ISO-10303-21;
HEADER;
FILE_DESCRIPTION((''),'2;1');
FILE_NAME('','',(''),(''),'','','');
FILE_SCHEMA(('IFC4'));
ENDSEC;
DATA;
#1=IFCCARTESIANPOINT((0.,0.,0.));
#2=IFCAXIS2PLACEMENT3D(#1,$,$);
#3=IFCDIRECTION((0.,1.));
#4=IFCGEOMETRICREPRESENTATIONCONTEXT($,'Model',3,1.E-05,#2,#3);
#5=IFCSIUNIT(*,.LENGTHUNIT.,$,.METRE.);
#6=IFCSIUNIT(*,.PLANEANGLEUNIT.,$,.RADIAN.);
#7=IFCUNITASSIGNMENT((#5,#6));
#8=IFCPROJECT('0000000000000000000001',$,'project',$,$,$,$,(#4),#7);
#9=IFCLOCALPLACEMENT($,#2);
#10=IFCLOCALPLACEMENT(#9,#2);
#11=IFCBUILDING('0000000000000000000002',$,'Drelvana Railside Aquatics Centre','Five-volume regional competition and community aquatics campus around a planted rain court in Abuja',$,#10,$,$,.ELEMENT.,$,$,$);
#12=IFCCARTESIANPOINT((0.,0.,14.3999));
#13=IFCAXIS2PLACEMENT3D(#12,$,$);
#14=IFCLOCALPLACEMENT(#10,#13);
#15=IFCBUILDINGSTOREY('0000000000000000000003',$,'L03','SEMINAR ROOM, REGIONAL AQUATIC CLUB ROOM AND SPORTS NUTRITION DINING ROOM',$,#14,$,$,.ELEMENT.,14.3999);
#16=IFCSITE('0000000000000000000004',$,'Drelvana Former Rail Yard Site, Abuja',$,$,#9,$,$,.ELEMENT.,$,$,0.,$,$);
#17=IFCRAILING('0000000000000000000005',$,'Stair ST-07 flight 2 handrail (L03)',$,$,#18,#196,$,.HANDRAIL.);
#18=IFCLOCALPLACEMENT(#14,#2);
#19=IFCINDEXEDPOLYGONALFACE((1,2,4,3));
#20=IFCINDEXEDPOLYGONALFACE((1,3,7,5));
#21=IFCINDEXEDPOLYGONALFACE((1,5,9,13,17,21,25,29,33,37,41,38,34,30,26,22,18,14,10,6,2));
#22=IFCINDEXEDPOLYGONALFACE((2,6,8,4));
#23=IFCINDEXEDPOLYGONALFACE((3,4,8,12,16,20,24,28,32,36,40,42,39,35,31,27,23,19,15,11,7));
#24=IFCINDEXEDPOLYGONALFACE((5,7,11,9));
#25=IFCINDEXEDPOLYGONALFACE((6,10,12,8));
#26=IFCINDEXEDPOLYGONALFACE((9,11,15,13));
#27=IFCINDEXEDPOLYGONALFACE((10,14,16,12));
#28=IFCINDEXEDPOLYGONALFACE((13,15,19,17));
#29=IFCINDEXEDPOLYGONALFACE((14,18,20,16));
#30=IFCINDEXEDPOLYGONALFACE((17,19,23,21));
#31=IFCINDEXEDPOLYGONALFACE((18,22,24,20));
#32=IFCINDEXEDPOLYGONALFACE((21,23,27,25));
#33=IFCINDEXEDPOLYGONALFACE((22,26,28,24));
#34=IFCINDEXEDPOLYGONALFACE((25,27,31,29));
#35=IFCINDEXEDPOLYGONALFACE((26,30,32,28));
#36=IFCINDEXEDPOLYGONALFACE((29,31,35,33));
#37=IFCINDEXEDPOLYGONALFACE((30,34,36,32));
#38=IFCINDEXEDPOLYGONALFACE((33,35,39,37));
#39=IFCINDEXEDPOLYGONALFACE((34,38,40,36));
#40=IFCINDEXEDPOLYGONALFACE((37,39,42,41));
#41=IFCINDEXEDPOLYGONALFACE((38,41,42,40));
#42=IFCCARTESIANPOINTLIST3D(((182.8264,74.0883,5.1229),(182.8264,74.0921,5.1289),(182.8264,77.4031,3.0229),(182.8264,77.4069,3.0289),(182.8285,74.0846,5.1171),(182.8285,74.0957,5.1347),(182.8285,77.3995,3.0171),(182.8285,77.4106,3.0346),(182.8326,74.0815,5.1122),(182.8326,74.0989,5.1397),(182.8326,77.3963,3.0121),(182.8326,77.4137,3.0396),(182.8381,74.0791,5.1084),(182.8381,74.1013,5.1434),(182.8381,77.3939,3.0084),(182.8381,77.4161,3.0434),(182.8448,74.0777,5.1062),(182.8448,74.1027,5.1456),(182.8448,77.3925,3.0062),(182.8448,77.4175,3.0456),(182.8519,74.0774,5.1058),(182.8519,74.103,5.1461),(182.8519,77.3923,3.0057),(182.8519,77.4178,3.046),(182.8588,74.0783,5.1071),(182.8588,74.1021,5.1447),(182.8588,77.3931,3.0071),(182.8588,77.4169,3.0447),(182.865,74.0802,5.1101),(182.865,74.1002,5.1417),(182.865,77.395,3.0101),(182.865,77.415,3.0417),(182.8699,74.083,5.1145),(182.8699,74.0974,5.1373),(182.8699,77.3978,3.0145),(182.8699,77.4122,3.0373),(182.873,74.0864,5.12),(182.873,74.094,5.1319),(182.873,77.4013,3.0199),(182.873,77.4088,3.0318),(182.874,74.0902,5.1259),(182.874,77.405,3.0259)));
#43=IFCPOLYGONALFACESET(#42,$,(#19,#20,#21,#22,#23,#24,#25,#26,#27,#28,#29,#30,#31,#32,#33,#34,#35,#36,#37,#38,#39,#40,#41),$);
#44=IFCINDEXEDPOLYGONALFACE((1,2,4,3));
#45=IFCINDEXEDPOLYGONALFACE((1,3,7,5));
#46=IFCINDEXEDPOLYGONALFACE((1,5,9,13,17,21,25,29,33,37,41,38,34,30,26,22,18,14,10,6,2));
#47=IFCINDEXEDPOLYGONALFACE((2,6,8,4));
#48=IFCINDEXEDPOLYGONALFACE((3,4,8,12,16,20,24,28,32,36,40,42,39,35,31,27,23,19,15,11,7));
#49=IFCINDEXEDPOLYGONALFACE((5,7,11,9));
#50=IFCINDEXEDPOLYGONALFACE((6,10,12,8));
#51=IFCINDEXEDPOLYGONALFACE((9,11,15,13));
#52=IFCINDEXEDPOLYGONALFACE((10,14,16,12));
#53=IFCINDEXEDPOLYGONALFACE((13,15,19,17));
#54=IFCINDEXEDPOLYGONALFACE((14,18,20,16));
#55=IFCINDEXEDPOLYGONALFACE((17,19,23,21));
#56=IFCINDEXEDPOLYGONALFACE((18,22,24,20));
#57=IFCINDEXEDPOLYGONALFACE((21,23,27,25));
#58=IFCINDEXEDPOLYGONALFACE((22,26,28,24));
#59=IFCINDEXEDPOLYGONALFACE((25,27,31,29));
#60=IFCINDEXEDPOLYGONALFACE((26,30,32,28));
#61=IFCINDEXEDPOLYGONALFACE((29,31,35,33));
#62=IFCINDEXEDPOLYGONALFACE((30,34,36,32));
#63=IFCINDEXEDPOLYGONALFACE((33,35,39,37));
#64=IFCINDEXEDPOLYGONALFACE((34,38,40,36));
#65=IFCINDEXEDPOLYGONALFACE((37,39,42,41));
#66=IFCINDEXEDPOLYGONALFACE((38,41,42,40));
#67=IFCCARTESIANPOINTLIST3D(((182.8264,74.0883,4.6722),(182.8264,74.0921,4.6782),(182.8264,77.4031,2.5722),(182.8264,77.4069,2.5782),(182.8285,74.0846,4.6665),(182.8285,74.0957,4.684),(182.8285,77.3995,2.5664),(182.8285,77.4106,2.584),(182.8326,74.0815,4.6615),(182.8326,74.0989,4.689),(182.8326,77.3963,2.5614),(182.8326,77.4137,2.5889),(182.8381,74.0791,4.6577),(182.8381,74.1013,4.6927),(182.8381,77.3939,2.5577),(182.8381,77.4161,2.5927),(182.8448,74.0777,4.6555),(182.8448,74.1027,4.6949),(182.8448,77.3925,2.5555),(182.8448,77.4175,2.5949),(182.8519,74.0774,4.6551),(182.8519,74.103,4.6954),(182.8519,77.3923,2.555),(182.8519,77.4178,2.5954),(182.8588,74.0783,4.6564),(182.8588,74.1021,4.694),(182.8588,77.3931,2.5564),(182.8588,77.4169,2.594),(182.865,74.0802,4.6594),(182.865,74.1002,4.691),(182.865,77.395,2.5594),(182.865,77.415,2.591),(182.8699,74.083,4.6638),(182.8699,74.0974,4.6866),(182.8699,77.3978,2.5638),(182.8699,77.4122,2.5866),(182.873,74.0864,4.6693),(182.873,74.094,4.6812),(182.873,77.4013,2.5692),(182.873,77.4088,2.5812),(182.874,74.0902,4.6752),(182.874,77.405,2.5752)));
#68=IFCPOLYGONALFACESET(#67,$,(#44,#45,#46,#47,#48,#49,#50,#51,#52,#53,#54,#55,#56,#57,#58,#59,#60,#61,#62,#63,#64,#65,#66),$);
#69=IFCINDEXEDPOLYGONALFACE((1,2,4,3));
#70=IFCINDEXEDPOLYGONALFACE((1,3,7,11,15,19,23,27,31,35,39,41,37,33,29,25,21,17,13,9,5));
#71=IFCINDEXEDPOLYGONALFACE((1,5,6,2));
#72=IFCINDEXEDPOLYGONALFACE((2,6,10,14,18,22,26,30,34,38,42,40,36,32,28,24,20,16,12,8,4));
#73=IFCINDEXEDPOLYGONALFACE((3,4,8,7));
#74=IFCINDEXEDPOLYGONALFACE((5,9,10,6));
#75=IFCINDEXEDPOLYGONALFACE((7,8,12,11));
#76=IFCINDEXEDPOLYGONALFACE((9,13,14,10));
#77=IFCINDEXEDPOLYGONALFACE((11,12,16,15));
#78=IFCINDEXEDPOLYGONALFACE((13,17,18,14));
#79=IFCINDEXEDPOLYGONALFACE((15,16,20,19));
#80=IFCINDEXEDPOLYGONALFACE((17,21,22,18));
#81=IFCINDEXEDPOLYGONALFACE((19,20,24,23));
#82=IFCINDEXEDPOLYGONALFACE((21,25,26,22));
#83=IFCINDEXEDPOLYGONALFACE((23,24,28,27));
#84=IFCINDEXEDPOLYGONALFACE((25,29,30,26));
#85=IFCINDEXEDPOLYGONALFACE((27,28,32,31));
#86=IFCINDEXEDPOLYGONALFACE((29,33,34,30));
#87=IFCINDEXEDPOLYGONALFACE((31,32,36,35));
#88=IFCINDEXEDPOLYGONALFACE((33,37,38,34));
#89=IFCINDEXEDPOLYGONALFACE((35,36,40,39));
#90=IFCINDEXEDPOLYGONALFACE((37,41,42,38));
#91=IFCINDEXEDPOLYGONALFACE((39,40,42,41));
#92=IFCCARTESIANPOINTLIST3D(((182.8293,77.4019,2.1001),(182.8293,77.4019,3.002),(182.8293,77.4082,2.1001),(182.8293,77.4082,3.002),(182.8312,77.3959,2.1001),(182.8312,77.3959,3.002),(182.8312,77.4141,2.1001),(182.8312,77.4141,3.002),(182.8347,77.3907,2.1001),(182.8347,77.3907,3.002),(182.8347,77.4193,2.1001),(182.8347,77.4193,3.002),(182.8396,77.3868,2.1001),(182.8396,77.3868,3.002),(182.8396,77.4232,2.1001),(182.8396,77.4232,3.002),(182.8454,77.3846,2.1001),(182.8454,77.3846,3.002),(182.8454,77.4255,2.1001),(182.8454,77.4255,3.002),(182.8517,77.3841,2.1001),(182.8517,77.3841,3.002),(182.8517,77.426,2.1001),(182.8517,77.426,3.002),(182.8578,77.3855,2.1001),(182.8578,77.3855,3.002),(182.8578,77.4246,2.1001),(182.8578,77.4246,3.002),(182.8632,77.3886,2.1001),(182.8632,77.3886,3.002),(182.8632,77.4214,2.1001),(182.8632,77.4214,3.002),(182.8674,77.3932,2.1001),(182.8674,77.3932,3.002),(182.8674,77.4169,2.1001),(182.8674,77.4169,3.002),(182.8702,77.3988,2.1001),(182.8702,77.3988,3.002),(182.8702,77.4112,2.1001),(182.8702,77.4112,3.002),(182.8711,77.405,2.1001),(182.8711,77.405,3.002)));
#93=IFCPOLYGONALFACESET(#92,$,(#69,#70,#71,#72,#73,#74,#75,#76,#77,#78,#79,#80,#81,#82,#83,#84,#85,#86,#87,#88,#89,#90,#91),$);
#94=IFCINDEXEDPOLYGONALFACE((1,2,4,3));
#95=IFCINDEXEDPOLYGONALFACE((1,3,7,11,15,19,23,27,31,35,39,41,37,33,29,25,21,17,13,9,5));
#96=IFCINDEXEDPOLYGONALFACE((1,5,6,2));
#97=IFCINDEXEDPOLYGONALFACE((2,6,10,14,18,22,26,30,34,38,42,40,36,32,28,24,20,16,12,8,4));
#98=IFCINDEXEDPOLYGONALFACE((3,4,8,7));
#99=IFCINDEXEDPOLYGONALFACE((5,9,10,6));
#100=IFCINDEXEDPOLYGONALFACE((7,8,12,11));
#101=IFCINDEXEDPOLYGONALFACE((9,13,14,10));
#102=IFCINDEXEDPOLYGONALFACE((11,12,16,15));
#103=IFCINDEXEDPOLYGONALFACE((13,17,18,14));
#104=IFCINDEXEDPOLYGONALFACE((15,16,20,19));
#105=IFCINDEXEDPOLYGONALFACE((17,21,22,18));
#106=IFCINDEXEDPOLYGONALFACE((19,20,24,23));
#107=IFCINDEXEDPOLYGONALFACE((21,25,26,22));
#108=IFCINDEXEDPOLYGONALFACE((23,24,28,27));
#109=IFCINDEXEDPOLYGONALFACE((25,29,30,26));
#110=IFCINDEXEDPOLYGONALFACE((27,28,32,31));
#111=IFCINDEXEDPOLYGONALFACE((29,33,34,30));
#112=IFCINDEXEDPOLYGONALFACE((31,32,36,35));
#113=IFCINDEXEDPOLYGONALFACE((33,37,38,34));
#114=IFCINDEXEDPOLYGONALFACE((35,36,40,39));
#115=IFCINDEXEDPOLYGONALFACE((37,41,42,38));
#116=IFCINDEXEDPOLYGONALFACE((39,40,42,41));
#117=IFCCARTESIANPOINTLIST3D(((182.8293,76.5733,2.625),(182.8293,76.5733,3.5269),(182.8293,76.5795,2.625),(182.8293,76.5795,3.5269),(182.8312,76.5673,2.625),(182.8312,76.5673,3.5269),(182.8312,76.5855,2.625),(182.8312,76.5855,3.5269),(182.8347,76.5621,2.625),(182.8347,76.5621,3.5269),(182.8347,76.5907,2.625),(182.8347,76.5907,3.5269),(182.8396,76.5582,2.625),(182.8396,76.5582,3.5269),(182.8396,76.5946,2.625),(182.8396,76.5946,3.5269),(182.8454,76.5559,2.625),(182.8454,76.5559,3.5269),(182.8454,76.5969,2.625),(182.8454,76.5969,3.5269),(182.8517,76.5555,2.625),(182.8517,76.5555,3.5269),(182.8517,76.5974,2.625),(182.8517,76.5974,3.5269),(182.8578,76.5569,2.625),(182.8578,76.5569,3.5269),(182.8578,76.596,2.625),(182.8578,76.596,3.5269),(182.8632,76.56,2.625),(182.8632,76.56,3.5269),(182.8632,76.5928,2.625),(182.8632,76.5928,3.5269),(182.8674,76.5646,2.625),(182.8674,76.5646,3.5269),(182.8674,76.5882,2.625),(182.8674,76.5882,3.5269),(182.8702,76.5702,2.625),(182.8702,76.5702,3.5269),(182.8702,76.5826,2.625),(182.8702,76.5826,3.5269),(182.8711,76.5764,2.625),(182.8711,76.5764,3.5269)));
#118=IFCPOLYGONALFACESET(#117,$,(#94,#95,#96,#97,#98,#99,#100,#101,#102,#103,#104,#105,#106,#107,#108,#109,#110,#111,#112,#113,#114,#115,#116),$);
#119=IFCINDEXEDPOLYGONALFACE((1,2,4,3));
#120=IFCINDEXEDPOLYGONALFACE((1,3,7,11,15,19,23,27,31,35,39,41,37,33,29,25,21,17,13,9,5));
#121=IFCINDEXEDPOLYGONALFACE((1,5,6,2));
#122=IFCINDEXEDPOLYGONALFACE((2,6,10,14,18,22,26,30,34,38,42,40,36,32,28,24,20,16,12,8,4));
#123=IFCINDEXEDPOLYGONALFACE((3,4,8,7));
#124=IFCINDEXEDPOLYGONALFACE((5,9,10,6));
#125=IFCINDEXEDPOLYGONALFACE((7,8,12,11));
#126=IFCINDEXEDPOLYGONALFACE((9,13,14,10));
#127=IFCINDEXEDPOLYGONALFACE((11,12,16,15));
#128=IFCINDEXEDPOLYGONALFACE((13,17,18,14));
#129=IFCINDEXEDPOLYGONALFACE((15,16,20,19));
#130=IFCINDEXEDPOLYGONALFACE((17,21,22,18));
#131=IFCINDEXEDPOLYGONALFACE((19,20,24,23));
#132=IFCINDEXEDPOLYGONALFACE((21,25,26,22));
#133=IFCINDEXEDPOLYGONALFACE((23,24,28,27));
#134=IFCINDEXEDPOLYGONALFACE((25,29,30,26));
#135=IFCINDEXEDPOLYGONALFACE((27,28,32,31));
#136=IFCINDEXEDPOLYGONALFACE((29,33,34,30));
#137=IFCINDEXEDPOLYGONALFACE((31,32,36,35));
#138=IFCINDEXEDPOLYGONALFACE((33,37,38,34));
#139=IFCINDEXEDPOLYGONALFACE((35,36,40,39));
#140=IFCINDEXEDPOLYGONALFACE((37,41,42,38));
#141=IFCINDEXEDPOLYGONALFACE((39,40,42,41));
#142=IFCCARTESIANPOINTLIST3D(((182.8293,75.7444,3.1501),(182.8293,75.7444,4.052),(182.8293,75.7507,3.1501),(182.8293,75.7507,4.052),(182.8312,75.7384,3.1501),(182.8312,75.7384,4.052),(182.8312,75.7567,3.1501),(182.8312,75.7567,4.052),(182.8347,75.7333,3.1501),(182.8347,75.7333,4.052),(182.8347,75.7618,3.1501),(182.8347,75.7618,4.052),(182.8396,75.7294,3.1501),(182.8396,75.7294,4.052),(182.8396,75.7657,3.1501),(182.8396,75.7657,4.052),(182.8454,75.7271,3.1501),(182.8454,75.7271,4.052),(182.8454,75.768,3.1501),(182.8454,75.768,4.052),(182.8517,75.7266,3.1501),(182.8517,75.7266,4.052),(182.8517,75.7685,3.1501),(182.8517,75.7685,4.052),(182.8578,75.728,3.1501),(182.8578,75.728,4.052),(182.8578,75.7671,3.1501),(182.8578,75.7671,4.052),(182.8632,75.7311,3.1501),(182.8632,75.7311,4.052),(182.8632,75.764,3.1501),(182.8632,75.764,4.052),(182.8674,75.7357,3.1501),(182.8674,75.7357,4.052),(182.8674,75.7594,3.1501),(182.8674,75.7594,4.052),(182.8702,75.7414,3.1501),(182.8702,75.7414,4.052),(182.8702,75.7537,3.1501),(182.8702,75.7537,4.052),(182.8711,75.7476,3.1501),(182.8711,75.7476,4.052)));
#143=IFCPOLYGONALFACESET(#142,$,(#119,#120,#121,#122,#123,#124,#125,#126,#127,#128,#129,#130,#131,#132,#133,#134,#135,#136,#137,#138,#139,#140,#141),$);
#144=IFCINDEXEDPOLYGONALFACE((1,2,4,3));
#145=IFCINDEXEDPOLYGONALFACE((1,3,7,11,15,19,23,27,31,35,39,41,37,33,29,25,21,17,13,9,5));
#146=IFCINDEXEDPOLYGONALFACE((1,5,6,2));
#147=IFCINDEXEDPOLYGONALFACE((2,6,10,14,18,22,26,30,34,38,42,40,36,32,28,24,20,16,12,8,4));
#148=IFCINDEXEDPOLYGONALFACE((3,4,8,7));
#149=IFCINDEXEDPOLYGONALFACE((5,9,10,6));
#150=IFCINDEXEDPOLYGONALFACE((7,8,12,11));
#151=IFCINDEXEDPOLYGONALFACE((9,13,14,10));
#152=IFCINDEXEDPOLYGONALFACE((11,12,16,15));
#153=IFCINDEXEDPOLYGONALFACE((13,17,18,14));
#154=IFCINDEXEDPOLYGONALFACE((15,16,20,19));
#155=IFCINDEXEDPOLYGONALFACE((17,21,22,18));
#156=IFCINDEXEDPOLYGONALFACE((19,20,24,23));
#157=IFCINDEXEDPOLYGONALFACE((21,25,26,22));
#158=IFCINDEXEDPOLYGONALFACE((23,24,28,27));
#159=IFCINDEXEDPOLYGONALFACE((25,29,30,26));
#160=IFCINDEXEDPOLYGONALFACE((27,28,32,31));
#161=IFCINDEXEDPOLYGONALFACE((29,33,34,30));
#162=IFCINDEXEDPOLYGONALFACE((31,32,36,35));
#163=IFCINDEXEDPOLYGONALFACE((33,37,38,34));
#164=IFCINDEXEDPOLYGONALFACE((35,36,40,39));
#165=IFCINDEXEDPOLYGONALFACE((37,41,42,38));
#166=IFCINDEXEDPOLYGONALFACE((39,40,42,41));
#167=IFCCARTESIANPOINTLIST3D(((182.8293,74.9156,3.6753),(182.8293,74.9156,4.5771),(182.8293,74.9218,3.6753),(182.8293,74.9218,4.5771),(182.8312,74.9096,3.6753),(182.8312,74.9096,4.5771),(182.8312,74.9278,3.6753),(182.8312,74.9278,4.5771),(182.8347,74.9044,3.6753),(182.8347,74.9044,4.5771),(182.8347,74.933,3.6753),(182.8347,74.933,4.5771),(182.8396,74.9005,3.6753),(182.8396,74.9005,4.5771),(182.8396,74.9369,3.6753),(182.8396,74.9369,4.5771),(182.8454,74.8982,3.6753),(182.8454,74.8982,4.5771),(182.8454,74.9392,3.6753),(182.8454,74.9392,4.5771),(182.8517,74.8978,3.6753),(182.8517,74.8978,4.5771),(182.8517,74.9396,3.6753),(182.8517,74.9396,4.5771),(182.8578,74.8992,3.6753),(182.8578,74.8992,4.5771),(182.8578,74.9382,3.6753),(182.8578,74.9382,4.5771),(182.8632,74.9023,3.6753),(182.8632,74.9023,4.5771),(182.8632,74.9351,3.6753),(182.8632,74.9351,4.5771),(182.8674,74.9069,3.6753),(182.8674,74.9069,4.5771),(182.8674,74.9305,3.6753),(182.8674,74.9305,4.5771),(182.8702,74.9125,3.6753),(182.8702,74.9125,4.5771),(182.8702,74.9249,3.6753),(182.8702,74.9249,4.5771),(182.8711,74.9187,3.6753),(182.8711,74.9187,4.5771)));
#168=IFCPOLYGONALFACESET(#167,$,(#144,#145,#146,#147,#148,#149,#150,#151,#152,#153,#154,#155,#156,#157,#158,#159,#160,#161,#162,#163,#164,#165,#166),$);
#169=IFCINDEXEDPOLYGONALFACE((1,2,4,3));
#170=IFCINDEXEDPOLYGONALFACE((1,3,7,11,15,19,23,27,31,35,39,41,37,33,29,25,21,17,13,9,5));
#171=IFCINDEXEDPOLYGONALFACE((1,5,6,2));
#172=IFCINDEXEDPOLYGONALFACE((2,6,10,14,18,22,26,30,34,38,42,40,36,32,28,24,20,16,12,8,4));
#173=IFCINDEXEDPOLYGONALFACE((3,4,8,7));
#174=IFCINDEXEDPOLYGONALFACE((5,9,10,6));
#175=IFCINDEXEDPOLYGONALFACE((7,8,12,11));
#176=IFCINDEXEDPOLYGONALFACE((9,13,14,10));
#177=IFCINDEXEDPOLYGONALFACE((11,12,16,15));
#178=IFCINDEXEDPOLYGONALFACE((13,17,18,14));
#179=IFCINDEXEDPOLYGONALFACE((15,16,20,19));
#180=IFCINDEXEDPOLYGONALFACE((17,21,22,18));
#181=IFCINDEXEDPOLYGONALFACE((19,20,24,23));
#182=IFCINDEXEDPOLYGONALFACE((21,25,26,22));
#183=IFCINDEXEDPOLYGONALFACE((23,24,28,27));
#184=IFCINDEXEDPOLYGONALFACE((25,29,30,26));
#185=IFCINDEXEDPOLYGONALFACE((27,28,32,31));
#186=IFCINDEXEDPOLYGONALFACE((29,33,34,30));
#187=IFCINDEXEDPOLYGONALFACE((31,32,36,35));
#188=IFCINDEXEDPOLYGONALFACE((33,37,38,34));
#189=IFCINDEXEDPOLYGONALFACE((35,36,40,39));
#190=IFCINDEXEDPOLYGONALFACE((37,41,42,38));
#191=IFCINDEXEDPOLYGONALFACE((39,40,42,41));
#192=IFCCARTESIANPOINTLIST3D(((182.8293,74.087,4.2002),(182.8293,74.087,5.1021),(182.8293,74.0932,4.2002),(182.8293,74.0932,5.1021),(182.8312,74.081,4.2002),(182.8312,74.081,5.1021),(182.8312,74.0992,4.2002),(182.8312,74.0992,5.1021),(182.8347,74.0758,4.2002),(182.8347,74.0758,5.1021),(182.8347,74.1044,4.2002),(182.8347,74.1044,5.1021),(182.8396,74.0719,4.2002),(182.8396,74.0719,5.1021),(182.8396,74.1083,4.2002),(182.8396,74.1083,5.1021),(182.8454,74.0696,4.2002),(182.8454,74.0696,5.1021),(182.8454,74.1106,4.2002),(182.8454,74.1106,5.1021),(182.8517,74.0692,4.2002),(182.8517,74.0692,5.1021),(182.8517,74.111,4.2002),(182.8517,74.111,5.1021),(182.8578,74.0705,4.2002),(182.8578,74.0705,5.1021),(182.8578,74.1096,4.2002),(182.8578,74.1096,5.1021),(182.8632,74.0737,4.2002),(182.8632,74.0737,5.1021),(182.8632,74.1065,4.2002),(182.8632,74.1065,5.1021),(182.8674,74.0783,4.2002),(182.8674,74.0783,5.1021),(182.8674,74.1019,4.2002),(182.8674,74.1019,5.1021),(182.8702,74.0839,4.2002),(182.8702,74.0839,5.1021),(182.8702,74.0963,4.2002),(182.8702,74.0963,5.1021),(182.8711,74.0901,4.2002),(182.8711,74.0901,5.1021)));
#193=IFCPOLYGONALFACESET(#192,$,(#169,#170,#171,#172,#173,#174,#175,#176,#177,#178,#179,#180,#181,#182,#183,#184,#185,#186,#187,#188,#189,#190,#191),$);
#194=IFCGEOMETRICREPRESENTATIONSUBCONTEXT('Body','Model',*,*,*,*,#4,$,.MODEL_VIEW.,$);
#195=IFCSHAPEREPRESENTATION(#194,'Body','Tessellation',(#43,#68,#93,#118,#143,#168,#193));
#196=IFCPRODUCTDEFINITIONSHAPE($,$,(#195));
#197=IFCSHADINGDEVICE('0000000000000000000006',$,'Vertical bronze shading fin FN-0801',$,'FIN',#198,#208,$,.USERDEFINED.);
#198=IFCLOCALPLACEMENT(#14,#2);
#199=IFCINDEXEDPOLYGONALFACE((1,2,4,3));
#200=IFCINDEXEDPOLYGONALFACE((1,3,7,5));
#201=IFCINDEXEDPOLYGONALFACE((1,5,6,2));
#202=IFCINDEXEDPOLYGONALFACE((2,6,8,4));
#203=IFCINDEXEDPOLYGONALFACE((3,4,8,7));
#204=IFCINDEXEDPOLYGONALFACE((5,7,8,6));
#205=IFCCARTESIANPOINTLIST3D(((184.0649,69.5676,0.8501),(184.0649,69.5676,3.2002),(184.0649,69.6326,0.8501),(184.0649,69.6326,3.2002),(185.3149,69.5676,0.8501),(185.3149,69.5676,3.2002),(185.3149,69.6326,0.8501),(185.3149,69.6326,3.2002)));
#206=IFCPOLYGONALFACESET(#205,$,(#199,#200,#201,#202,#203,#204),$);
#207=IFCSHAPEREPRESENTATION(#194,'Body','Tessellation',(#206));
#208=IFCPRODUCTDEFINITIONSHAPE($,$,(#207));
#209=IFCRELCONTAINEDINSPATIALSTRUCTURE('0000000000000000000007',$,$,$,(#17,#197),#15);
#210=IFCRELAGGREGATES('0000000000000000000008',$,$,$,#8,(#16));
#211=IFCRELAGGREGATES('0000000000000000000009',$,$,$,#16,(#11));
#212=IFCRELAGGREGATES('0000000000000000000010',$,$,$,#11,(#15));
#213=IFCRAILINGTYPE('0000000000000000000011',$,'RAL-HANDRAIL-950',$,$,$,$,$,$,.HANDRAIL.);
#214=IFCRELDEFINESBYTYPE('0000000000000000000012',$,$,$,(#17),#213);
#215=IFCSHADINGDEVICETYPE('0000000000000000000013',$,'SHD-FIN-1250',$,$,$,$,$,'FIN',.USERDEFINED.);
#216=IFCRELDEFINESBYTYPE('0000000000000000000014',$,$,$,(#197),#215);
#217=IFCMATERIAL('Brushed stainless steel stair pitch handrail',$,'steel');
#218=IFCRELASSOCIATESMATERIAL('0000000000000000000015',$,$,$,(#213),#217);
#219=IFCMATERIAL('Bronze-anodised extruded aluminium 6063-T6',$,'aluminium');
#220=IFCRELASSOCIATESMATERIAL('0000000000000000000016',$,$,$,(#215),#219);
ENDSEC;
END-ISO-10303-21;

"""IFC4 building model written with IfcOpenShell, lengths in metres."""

from ifc_helpers import new_model, si_unit, direction, frame, origin, origin_2d, place, context, subcontext, project, spatial, rectangle, circle, extrude, material, type_object, element, save


model = new_model("IFC4")

# Units and contexts
model_context = context("Model", 3, precision=1e-05, world=origin(), true_north=direction((0.0, 1.0)))
body_context = subcontext(model_context, "Body", "Model", "MODEL_VIEW")
ifc_project = project(units=[si_unit("LENGTHUNIT", "METRE"), si_unit("PLANEANGLEUNIT", "RADIAN")], contexts=[model_context])

# Site, building, storey
site_placement = place(None, origin())
site = spatial("IfcSite", under=ifc_project, at=site_placement, Name="Drelvana Former Rail Yard Site, Abuja", CompositionType="ELEMENT", RefElevation=0.0)
building_placement = place(site_placement, origin())
building = spatial("IfcBuilding", under=site, at=building_placement, Name="Drelvana Railside Aquatics Centre", Description="Five-volume regional competition and community aquatics campus around a planted rain court in Abuja", CompositionType="ELEMENT")
storey_placement = place(building_placement, frame((0.0, 0.0, 14.3999)))
storey = spatial("IfcBuildingStorey", under=building, at=storey_placement, Name="L03", Description="SEMINAR ROOM, REGIONAL AQUATIC CLUB ROOM AND SPORTS NUTRITION DINING ROOM", CompositionType="ELEMENT", Elevation=14.3999)

# Shared definitions
ifc_material_1 = material(Name="Bronze-anodised extruded aluminium 6063-T6", Category="aluminium")

# Railing
ifc_material_2 = material(Name="Brushed stainless steel stair pitch handrail", Category="steel")
railing_type = type_object("IfcRailingType", Name="RAL-HANDRAIL-950", PredefinedType="HANDRAIL", material=ifc_material_2)
railing_placement = place(storey_placement, frame((182.8501, 77.405, 2.1001)))
element("IfcRailing", 1, at=railing_placement, inside=storey, type_object=railing_type, Name="Stair ST-07 flight 2 handrail (L03)", PredefinedType="HANDRAIL", context=body_context, shape_type="SweptSolid", body=[
    extrude(circle(Radius=0.0239, at=origin_2d()), frame((0.0, 0.0, 0.9258), z_axis=(0.0, -0.844746, 0.535168), x_axis=(1.0, 0.0, 0.0)), (0.0, 0.0, 1.0), 3.9241),
    extrude(circle(Radius=0.0239, at=origin_2d()), frame((0.0, 0.0, 0.4751), z_axis=(0.0, -0.844746, 0.535168), x_axis=(1.0, 0.0, 0.0)), (0.0, 0.0, 1.0), 3.9241),
    extrude(circle(Radius=0.021, at=origin_2d()), origin(), (0.0, 0.0, 1.0), 0.9019),
    extrude(circle(Radius=0.021, at=origin_2d()), frame((0.0, -0.8286, 0.5249)), (0.0, 0.0, 1.0), 0.9019),
    extrude(circle(Radius=0.021, at=origin_2d()), frame((0.0, -1.6575, 1.05)), (0.0, 0.0, 1.0), 0.9019),
    extrude(circle(Radius=0.021, at=origin_2d()), frame((0.0, -2.4863, 1.5752)), (0.0, 0.0, 1.0), 0.9019),
    extrude(circle(Radius=0.021, at=origin_2d()), frame((0.0, -3.3149, 2.1001)), (0.0, 0.0, 1.0), 0.9019),
])

# Shading device
shading_device_type = type_object("IfcShadingDeviceType", Name="SHD-FIN-1250", ElementType="FIN", PredefinedType="USERDEFINED", material=ifc_material_1)
for number, where, z_axis, x_axis, name in (
    (2, (184.6899, 69.6001, 0.8501), (0.0, 0.0, 1.0), (1.0, 0.0, 0.0), "Vertical bronze shading fin FN-0801"),
):
    element("IfcShadingDevice", number, at=place(storey_placement, frame(where, z_axis=z_axis, x_axis=x_axis)), inside=storey, type_object=shading_device_type, Name=name, ObjectType="FIN", PredefinedType="USERDEFINED", context=body_context, shape_type="SweptSolid", body=[
        extrude(rectangle(XDim=1.25, YDim=0.0649, at=origin_2d()), origin(), (0.0, 0.0, 1.0), 2.3501),
    ])

save(model, "model.ifc")
